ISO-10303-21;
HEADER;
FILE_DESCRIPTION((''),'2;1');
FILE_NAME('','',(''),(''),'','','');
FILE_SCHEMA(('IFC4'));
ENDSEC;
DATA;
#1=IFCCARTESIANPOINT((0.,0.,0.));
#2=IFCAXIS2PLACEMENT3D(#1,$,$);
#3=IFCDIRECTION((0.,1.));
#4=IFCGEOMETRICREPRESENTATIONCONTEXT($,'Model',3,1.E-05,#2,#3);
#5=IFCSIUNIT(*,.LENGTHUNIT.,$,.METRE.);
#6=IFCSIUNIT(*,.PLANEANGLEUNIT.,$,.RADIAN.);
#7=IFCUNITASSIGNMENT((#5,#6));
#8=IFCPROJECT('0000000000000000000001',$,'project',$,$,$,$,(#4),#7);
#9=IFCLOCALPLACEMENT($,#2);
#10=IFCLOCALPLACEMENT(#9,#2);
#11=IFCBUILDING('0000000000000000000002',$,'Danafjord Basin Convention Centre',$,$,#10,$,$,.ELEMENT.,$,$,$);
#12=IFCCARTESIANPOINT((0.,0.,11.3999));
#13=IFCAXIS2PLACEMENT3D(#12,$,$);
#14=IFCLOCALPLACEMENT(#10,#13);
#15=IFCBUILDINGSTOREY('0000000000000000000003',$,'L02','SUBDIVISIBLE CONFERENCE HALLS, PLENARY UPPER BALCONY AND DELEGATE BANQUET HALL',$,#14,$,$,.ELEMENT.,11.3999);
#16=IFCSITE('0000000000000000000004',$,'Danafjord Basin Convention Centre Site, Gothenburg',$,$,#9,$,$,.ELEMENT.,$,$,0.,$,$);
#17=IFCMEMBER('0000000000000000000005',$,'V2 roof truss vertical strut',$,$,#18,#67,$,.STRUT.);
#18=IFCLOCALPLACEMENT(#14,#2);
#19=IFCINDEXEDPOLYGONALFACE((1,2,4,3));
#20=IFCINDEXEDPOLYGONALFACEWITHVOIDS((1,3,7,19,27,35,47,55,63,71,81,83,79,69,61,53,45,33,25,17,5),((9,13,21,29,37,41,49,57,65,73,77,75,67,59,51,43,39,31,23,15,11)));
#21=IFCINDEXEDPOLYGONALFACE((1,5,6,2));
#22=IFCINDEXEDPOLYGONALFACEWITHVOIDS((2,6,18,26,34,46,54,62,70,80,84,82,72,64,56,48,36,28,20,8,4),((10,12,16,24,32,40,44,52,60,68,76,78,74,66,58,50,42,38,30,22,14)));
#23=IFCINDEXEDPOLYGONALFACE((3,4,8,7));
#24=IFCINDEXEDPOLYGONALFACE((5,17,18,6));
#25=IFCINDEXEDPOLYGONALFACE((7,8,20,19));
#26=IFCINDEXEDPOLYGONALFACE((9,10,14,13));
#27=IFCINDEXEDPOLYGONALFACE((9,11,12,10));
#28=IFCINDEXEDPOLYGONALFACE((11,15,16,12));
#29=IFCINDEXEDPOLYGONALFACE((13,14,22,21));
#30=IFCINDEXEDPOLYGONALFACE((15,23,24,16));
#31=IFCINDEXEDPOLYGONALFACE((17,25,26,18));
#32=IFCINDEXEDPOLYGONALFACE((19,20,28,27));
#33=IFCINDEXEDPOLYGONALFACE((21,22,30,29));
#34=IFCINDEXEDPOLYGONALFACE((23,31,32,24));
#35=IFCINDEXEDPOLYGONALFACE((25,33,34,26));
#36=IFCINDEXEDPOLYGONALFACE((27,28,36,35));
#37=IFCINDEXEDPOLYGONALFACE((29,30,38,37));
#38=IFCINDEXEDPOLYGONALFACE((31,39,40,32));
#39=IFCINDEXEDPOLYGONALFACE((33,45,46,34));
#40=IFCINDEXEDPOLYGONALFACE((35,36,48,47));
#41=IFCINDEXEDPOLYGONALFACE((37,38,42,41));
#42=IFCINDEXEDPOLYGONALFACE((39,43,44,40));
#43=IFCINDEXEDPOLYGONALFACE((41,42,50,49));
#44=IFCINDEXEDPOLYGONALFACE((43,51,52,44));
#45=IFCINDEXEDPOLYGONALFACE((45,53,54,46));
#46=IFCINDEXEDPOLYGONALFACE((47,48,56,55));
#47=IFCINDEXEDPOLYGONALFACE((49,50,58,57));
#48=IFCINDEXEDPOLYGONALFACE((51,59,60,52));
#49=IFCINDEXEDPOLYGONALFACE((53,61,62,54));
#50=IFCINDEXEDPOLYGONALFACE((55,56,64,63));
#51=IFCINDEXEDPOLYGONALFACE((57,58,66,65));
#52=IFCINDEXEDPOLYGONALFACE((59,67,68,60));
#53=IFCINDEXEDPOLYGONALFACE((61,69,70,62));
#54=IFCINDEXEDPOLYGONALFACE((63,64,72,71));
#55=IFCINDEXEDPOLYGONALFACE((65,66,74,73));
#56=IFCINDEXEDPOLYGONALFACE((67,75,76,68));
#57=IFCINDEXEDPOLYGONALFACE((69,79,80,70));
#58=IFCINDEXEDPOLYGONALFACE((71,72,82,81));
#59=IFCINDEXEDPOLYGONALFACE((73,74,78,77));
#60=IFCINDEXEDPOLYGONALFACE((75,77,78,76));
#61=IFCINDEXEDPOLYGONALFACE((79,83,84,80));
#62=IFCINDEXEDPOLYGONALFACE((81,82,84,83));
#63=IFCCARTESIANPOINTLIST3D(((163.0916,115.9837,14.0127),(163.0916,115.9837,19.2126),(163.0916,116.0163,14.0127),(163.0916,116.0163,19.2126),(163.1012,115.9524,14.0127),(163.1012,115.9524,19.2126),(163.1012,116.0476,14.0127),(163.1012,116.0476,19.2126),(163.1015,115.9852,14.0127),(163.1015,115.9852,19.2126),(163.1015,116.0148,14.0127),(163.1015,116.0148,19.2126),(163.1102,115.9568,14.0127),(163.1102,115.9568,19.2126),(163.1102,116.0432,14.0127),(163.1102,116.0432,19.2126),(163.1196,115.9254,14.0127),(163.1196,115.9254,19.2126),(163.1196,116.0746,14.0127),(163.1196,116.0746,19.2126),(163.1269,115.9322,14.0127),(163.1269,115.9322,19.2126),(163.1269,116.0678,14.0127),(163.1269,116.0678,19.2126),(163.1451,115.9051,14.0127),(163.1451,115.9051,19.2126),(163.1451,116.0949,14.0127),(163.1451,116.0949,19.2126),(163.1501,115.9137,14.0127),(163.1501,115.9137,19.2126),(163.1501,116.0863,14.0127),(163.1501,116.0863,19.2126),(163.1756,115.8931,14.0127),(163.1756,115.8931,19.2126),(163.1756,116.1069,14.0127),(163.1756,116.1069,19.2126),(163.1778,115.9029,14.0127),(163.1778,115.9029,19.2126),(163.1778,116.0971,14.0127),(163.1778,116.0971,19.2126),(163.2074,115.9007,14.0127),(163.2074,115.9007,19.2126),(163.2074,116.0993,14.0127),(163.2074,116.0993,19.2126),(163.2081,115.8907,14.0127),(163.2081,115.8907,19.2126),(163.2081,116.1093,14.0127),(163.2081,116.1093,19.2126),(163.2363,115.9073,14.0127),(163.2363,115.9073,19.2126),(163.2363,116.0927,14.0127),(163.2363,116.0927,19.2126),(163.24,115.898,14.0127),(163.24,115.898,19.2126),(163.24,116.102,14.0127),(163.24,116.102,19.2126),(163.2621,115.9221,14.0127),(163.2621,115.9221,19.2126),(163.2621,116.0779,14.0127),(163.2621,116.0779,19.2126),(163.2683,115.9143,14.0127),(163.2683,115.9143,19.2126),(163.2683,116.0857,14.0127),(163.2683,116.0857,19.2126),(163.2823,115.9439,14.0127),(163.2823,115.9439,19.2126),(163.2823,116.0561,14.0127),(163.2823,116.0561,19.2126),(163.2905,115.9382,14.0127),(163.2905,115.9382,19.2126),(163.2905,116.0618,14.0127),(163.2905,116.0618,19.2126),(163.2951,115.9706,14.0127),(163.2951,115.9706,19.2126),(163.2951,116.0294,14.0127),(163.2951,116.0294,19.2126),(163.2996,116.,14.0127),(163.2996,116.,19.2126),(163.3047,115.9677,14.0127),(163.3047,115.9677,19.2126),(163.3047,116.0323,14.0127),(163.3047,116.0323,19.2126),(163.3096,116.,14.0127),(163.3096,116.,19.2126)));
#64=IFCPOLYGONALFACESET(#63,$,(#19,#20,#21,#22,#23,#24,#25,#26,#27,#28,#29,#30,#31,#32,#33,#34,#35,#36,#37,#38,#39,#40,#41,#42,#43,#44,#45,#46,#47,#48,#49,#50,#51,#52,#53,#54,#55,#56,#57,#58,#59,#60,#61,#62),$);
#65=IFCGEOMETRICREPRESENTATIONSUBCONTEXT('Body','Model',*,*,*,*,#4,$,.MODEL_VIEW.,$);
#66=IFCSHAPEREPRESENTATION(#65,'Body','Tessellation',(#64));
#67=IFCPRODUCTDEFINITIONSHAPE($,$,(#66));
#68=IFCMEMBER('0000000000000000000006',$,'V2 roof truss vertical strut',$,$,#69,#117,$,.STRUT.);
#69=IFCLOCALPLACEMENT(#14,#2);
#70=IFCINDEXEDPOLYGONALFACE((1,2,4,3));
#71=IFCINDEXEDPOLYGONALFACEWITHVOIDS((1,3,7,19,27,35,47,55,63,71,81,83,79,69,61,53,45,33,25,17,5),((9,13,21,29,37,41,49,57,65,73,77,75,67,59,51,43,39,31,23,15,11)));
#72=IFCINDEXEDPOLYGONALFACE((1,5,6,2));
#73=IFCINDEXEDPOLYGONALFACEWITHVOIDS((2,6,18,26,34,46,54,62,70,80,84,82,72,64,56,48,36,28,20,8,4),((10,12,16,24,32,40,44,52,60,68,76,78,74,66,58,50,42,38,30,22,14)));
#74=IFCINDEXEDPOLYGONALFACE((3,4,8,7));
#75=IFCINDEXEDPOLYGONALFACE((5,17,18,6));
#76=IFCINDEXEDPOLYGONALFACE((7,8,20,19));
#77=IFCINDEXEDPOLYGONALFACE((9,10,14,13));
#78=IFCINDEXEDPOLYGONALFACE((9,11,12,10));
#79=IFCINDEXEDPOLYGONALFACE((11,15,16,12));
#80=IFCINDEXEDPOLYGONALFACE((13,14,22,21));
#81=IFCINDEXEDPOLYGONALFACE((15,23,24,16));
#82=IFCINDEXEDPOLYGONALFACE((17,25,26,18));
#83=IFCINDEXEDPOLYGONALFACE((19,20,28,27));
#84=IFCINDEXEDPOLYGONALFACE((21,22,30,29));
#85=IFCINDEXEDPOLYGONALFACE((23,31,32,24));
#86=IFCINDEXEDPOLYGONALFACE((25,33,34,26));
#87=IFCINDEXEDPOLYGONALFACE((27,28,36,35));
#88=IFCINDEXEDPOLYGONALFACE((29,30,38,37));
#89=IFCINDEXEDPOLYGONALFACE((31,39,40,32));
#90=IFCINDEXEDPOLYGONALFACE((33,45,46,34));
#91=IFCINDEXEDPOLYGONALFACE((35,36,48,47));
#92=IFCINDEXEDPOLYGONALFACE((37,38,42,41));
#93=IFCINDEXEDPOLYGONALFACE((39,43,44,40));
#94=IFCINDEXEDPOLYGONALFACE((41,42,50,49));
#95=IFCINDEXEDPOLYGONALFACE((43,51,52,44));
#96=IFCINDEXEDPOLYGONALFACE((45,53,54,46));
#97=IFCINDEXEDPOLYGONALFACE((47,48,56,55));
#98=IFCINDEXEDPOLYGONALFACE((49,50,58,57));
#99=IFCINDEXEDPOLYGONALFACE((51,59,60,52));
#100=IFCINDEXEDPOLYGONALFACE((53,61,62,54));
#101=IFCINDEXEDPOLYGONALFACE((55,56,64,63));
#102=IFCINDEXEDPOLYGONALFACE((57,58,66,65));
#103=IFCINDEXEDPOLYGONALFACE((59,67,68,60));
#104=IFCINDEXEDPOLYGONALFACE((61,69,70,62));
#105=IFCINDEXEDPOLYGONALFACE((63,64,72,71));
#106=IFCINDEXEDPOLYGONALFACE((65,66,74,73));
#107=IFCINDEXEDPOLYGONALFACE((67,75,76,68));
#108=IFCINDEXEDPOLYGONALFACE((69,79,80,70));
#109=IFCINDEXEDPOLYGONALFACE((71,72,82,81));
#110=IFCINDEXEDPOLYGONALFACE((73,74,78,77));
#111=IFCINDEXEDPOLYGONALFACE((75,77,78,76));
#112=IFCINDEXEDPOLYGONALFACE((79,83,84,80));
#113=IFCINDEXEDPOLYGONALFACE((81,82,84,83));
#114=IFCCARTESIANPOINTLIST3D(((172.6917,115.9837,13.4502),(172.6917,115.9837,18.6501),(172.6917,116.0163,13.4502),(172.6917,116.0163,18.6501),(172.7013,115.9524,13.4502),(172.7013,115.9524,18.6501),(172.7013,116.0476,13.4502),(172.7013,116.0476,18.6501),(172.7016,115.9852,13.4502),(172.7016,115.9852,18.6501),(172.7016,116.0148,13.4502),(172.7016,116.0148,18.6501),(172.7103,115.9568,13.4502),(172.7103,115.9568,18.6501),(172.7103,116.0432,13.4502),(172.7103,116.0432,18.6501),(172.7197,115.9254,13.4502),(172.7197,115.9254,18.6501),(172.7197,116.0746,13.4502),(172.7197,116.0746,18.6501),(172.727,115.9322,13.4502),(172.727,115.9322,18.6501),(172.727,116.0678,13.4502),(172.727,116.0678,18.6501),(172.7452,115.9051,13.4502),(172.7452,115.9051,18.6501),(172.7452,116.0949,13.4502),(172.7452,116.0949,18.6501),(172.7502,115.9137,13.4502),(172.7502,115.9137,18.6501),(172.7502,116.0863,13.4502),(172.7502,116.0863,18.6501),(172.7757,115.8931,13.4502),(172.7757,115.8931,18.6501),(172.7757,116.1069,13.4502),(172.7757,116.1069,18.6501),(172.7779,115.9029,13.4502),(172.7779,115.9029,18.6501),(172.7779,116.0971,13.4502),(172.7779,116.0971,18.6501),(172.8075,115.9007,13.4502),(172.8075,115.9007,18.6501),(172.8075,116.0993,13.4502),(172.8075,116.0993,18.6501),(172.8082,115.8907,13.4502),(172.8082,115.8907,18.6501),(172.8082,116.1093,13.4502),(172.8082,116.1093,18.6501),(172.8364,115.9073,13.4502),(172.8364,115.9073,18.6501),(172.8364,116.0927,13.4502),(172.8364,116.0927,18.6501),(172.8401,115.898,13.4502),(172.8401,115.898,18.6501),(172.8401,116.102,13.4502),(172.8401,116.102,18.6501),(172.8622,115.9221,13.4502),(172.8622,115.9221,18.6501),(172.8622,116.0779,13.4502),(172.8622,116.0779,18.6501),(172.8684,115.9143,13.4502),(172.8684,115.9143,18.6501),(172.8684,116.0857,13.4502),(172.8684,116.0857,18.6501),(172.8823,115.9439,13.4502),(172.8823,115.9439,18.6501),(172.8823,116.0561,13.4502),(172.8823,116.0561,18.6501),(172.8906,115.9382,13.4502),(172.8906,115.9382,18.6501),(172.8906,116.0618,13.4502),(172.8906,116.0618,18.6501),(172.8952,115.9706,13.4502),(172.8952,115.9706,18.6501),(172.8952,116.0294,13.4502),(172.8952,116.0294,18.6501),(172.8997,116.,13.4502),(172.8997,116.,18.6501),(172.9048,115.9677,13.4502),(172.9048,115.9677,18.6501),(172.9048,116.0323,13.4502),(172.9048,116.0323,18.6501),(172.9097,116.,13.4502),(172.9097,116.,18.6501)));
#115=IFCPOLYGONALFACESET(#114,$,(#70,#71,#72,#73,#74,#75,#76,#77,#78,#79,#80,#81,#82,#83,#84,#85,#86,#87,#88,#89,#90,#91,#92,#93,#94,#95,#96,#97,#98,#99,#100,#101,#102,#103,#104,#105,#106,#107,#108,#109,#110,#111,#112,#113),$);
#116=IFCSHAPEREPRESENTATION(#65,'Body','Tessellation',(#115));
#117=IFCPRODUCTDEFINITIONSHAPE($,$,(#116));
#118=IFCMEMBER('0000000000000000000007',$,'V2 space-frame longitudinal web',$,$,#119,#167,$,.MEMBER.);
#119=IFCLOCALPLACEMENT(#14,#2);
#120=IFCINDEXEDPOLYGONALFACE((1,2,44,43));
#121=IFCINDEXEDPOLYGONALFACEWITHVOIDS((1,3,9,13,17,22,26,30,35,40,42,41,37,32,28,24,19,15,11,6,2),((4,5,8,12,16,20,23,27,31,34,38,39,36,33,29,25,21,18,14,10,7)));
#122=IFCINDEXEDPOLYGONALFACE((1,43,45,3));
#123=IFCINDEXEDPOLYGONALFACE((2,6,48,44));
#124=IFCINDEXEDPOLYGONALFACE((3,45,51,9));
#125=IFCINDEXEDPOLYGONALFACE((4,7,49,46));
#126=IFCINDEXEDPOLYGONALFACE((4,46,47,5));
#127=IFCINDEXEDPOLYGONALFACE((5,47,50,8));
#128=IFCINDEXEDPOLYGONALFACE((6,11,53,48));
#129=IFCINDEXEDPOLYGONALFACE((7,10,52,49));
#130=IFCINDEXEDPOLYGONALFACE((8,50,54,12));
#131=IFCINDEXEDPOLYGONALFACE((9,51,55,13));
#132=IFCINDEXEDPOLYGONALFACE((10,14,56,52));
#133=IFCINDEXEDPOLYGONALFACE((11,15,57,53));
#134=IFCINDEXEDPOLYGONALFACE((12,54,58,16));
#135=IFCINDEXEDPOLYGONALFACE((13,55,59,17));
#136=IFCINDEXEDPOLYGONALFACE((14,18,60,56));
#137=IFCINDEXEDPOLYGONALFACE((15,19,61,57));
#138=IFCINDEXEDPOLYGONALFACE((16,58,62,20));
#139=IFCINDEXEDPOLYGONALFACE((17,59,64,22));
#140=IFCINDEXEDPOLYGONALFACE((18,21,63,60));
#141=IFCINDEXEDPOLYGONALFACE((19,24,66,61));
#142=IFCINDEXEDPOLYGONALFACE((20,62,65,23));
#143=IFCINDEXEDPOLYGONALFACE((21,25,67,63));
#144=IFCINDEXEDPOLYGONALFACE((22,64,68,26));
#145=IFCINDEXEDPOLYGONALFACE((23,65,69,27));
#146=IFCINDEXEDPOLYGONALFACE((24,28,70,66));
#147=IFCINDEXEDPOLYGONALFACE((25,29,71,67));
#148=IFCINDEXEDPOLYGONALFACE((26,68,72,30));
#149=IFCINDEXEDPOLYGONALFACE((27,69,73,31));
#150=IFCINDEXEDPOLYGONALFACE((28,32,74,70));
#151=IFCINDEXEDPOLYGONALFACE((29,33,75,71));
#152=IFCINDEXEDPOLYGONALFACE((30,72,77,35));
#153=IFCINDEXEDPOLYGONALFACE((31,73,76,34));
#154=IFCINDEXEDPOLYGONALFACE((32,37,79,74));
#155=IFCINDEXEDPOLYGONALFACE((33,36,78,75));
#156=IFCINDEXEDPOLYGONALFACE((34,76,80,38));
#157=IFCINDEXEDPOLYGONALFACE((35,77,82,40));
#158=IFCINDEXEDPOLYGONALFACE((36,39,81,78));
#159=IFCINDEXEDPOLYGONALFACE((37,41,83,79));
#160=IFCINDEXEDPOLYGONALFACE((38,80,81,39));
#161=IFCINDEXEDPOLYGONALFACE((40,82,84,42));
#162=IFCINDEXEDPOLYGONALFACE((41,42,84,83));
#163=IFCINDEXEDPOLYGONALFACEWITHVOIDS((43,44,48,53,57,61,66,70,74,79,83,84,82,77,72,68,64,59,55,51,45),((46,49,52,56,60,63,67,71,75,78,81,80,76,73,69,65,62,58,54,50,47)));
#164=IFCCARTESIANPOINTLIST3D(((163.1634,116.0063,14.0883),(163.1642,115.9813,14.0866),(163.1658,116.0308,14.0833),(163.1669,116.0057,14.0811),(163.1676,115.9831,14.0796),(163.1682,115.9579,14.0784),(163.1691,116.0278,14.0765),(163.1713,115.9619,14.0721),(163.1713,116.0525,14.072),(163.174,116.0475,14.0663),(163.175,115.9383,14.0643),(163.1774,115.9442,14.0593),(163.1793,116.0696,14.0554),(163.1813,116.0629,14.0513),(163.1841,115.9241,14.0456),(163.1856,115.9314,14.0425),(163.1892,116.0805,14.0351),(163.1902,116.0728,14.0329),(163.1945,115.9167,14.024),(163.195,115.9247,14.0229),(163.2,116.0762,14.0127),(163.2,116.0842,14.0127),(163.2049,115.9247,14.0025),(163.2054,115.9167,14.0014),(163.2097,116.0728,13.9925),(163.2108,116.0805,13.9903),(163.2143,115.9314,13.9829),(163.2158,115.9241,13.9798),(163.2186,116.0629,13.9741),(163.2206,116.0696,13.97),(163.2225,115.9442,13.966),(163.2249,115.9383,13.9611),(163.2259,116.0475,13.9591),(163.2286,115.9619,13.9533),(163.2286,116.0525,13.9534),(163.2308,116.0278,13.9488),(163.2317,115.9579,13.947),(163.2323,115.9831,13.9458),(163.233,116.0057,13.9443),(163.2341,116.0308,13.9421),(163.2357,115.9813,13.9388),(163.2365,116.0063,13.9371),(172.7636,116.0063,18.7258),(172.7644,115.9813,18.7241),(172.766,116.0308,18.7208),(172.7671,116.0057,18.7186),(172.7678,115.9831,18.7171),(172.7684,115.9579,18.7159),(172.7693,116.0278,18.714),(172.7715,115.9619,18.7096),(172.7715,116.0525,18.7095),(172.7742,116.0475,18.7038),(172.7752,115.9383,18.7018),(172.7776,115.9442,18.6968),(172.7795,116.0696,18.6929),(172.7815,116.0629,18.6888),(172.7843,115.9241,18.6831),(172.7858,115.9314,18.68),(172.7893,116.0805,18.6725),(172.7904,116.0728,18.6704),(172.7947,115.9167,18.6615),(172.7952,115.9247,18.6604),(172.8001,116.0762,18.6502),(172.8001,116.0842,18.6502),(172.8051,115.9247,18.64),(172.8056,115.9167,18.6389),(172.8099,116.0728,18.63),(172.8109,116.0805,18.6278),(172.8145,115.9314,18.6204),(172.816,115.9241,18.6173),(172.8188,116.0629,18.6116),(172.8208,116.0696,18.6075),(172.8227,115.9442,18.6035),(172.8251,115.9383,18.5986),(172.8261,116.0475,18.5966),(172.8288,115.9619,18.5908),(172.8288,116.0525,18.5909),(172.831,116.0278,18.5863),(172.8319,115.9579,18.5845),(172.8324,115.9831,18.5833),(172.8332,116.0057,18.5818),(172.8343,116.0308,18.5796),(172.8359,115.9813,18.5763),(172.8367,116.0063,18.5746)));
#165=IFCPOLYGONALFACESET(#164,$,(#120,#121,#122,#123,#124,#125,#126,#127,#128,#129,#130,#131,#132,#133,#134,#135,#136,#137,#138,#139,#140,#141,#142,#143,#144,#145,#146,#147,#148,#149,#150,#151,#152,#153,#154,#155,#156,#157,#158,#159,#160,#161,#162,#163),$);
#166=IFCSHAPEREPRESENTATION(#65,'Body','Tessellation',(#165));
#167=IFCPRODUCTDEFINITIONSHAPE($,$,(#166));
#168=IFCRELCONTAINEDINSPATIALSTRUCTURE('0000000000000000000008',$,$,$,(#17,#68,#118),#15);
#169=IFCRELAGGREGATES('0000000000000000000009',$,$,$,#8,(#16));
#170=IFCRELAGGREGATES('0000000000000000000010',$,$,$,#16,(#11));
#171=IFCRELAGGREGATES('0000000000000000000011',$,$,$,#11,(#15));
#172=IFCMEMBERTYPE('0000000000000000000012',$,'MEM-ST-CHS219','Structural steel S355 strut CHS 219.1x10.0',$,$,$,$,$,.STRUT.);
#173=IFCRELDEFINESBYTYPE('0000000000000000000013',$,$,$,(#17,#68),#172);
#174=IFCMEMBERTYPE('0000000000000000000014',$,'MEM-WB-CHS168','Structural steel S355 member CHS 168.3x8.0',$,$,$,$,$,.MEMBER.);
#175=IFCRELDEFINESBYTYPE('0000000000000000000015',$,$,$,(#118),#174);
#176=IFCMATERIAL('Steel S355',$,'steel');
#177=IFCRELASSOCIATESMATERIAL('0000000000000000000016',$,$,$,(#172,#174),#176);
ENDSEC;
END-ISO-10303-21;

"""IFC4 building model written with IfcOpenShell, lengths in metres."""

from ifc_helpers import new_model, si_unit, direction, frame, origin, origin_2d, place, context, subcontext, project, spatial, hollow_circle, extrude, material, material_profile, profile_set, type_object, element, save


model = new_model("IFC4")

# Units and contexts
model_context = context("Model", 3, precision=1e-05, world=origin(), true_north=direction((0.0, 1.0)))
body_context = subcontext(model_context, "Body", "Model", "MODEL_VIEW")
ifc_project = project(units=[si_unit("LENGTHUNIT", "METRE"), si_unit("PLANEANGLEUNIT", "RADIAN")], contexts=[model_context])

# Site, building, storey
site_placement = place(None, origin())
site = spatial("IfcSite", under=ifc_project, at=site_placement, Name="Danafjord Basin Convention Centre Site, Gothenburg", CompositionType="ELEMENT", RefElevation=0.0)
building_placement = place(site_placement, origin())
building = spatial("IfcBuilding", under=site, at=building_placement, Name="Danafjord Basin Convention Centre", CompositionType="ELEMENT")
storey_placement = place(building_placement, frame((0.0, 0.0, 11.3999)))
storey = spatial("IfcBuildingStorey", under=building, at=storey_placement, Name="L02", Description="SUBDIVISIBLE CONFERENCE HALLS, PLENARY UPPER BALCONY AND DELEGATE BANQUET HALL", CompositionType="ELEMENT", Elevation=11.3999)

# Members
ifc_material = material(Name="Steel S355", Category="steel")
ifc_material_profile_1 = material_profile(ifc_material, hollow_circle(Radius=0.1096, WallThickness=0.01, at=origin_2d()), Name="CHS 219.1x10.0")
ifc_profile_set_1 = profile_set([ifc_material_profile_1], Name="Steel S355")
member_type_1 = type_object("IfcMemberType", Name="MEM-ST-CHS219", Description="Structural steel S355 strut CHS 219.1x10.0", PredefinedType="STRUT", material=ifc_profile_set_1)
for number, where, z_axis, x_axis, name in (
    (1, (163.2, 116.0, 14.0127), (0.0, 0.0, 1.0), (1.0, 0.0, 0.0), "V2 roof truss vertical strut"),
    (2, (172.8, 116.0, 13.4502), (0.0, 0.0, 1.0), (1.0, 0.0, 0.0), "V2 roof truss vertical strut"),
):
    element("IfcMember", number, at=place(storey_placement, frame(where, z_axis=z_axis, x_axis=x_axis)), inside=storey, type_object=member_type_1, Name=name, PredefinedType="STRUT", context=body_context, shape_type="SweptSolid", body=[
        extrude(hollow_circle(Radius=0.1096, WallThickness=0.01, at=origin_2d()), origin(), (0.0, 0.0, 1.0), 5.2),
    ])
ifc_material_profile_2 = material_profile(ifc_material, hollow_circle(Radius=0.0842, WallThickness=0.0081, at=origin_2d()), Name="CHS 168.3x8.0")
ifc_profile_set_2 = profile_set([ifc_material_profile_2], Name="Steel S355")
member_type_2 = type_object("IfcMemberType", Name="MEM-WB-CHS168", Description="Structural steel S355 member CHS 168.3x8.0", PredefinedType="MEMBER", material=ifc_profile_set_2)
member_1_placement = place(storey_placement, frame((163.2, 116.0, 14.0127), z_axis=(0.900444, 0.0, 0.434971), x_axis=(0.0, 1.0, 0.0)))
element("IfcMember", 3, at=member_1_placement, inside=storey, type_object=member_type_2, Name="V2 space-frame longitudinal web", PredefinedType="MEMBER", context=body_context, shape_type="SweptSolid", body=[
    extrude(hollow_circle(Radius=0.0842, WallThickness=0.0081, at=origin_2d()), origin(), (0.0, 0.0, 1.0), 10.6616),
])

save(model, "model.ifc")
